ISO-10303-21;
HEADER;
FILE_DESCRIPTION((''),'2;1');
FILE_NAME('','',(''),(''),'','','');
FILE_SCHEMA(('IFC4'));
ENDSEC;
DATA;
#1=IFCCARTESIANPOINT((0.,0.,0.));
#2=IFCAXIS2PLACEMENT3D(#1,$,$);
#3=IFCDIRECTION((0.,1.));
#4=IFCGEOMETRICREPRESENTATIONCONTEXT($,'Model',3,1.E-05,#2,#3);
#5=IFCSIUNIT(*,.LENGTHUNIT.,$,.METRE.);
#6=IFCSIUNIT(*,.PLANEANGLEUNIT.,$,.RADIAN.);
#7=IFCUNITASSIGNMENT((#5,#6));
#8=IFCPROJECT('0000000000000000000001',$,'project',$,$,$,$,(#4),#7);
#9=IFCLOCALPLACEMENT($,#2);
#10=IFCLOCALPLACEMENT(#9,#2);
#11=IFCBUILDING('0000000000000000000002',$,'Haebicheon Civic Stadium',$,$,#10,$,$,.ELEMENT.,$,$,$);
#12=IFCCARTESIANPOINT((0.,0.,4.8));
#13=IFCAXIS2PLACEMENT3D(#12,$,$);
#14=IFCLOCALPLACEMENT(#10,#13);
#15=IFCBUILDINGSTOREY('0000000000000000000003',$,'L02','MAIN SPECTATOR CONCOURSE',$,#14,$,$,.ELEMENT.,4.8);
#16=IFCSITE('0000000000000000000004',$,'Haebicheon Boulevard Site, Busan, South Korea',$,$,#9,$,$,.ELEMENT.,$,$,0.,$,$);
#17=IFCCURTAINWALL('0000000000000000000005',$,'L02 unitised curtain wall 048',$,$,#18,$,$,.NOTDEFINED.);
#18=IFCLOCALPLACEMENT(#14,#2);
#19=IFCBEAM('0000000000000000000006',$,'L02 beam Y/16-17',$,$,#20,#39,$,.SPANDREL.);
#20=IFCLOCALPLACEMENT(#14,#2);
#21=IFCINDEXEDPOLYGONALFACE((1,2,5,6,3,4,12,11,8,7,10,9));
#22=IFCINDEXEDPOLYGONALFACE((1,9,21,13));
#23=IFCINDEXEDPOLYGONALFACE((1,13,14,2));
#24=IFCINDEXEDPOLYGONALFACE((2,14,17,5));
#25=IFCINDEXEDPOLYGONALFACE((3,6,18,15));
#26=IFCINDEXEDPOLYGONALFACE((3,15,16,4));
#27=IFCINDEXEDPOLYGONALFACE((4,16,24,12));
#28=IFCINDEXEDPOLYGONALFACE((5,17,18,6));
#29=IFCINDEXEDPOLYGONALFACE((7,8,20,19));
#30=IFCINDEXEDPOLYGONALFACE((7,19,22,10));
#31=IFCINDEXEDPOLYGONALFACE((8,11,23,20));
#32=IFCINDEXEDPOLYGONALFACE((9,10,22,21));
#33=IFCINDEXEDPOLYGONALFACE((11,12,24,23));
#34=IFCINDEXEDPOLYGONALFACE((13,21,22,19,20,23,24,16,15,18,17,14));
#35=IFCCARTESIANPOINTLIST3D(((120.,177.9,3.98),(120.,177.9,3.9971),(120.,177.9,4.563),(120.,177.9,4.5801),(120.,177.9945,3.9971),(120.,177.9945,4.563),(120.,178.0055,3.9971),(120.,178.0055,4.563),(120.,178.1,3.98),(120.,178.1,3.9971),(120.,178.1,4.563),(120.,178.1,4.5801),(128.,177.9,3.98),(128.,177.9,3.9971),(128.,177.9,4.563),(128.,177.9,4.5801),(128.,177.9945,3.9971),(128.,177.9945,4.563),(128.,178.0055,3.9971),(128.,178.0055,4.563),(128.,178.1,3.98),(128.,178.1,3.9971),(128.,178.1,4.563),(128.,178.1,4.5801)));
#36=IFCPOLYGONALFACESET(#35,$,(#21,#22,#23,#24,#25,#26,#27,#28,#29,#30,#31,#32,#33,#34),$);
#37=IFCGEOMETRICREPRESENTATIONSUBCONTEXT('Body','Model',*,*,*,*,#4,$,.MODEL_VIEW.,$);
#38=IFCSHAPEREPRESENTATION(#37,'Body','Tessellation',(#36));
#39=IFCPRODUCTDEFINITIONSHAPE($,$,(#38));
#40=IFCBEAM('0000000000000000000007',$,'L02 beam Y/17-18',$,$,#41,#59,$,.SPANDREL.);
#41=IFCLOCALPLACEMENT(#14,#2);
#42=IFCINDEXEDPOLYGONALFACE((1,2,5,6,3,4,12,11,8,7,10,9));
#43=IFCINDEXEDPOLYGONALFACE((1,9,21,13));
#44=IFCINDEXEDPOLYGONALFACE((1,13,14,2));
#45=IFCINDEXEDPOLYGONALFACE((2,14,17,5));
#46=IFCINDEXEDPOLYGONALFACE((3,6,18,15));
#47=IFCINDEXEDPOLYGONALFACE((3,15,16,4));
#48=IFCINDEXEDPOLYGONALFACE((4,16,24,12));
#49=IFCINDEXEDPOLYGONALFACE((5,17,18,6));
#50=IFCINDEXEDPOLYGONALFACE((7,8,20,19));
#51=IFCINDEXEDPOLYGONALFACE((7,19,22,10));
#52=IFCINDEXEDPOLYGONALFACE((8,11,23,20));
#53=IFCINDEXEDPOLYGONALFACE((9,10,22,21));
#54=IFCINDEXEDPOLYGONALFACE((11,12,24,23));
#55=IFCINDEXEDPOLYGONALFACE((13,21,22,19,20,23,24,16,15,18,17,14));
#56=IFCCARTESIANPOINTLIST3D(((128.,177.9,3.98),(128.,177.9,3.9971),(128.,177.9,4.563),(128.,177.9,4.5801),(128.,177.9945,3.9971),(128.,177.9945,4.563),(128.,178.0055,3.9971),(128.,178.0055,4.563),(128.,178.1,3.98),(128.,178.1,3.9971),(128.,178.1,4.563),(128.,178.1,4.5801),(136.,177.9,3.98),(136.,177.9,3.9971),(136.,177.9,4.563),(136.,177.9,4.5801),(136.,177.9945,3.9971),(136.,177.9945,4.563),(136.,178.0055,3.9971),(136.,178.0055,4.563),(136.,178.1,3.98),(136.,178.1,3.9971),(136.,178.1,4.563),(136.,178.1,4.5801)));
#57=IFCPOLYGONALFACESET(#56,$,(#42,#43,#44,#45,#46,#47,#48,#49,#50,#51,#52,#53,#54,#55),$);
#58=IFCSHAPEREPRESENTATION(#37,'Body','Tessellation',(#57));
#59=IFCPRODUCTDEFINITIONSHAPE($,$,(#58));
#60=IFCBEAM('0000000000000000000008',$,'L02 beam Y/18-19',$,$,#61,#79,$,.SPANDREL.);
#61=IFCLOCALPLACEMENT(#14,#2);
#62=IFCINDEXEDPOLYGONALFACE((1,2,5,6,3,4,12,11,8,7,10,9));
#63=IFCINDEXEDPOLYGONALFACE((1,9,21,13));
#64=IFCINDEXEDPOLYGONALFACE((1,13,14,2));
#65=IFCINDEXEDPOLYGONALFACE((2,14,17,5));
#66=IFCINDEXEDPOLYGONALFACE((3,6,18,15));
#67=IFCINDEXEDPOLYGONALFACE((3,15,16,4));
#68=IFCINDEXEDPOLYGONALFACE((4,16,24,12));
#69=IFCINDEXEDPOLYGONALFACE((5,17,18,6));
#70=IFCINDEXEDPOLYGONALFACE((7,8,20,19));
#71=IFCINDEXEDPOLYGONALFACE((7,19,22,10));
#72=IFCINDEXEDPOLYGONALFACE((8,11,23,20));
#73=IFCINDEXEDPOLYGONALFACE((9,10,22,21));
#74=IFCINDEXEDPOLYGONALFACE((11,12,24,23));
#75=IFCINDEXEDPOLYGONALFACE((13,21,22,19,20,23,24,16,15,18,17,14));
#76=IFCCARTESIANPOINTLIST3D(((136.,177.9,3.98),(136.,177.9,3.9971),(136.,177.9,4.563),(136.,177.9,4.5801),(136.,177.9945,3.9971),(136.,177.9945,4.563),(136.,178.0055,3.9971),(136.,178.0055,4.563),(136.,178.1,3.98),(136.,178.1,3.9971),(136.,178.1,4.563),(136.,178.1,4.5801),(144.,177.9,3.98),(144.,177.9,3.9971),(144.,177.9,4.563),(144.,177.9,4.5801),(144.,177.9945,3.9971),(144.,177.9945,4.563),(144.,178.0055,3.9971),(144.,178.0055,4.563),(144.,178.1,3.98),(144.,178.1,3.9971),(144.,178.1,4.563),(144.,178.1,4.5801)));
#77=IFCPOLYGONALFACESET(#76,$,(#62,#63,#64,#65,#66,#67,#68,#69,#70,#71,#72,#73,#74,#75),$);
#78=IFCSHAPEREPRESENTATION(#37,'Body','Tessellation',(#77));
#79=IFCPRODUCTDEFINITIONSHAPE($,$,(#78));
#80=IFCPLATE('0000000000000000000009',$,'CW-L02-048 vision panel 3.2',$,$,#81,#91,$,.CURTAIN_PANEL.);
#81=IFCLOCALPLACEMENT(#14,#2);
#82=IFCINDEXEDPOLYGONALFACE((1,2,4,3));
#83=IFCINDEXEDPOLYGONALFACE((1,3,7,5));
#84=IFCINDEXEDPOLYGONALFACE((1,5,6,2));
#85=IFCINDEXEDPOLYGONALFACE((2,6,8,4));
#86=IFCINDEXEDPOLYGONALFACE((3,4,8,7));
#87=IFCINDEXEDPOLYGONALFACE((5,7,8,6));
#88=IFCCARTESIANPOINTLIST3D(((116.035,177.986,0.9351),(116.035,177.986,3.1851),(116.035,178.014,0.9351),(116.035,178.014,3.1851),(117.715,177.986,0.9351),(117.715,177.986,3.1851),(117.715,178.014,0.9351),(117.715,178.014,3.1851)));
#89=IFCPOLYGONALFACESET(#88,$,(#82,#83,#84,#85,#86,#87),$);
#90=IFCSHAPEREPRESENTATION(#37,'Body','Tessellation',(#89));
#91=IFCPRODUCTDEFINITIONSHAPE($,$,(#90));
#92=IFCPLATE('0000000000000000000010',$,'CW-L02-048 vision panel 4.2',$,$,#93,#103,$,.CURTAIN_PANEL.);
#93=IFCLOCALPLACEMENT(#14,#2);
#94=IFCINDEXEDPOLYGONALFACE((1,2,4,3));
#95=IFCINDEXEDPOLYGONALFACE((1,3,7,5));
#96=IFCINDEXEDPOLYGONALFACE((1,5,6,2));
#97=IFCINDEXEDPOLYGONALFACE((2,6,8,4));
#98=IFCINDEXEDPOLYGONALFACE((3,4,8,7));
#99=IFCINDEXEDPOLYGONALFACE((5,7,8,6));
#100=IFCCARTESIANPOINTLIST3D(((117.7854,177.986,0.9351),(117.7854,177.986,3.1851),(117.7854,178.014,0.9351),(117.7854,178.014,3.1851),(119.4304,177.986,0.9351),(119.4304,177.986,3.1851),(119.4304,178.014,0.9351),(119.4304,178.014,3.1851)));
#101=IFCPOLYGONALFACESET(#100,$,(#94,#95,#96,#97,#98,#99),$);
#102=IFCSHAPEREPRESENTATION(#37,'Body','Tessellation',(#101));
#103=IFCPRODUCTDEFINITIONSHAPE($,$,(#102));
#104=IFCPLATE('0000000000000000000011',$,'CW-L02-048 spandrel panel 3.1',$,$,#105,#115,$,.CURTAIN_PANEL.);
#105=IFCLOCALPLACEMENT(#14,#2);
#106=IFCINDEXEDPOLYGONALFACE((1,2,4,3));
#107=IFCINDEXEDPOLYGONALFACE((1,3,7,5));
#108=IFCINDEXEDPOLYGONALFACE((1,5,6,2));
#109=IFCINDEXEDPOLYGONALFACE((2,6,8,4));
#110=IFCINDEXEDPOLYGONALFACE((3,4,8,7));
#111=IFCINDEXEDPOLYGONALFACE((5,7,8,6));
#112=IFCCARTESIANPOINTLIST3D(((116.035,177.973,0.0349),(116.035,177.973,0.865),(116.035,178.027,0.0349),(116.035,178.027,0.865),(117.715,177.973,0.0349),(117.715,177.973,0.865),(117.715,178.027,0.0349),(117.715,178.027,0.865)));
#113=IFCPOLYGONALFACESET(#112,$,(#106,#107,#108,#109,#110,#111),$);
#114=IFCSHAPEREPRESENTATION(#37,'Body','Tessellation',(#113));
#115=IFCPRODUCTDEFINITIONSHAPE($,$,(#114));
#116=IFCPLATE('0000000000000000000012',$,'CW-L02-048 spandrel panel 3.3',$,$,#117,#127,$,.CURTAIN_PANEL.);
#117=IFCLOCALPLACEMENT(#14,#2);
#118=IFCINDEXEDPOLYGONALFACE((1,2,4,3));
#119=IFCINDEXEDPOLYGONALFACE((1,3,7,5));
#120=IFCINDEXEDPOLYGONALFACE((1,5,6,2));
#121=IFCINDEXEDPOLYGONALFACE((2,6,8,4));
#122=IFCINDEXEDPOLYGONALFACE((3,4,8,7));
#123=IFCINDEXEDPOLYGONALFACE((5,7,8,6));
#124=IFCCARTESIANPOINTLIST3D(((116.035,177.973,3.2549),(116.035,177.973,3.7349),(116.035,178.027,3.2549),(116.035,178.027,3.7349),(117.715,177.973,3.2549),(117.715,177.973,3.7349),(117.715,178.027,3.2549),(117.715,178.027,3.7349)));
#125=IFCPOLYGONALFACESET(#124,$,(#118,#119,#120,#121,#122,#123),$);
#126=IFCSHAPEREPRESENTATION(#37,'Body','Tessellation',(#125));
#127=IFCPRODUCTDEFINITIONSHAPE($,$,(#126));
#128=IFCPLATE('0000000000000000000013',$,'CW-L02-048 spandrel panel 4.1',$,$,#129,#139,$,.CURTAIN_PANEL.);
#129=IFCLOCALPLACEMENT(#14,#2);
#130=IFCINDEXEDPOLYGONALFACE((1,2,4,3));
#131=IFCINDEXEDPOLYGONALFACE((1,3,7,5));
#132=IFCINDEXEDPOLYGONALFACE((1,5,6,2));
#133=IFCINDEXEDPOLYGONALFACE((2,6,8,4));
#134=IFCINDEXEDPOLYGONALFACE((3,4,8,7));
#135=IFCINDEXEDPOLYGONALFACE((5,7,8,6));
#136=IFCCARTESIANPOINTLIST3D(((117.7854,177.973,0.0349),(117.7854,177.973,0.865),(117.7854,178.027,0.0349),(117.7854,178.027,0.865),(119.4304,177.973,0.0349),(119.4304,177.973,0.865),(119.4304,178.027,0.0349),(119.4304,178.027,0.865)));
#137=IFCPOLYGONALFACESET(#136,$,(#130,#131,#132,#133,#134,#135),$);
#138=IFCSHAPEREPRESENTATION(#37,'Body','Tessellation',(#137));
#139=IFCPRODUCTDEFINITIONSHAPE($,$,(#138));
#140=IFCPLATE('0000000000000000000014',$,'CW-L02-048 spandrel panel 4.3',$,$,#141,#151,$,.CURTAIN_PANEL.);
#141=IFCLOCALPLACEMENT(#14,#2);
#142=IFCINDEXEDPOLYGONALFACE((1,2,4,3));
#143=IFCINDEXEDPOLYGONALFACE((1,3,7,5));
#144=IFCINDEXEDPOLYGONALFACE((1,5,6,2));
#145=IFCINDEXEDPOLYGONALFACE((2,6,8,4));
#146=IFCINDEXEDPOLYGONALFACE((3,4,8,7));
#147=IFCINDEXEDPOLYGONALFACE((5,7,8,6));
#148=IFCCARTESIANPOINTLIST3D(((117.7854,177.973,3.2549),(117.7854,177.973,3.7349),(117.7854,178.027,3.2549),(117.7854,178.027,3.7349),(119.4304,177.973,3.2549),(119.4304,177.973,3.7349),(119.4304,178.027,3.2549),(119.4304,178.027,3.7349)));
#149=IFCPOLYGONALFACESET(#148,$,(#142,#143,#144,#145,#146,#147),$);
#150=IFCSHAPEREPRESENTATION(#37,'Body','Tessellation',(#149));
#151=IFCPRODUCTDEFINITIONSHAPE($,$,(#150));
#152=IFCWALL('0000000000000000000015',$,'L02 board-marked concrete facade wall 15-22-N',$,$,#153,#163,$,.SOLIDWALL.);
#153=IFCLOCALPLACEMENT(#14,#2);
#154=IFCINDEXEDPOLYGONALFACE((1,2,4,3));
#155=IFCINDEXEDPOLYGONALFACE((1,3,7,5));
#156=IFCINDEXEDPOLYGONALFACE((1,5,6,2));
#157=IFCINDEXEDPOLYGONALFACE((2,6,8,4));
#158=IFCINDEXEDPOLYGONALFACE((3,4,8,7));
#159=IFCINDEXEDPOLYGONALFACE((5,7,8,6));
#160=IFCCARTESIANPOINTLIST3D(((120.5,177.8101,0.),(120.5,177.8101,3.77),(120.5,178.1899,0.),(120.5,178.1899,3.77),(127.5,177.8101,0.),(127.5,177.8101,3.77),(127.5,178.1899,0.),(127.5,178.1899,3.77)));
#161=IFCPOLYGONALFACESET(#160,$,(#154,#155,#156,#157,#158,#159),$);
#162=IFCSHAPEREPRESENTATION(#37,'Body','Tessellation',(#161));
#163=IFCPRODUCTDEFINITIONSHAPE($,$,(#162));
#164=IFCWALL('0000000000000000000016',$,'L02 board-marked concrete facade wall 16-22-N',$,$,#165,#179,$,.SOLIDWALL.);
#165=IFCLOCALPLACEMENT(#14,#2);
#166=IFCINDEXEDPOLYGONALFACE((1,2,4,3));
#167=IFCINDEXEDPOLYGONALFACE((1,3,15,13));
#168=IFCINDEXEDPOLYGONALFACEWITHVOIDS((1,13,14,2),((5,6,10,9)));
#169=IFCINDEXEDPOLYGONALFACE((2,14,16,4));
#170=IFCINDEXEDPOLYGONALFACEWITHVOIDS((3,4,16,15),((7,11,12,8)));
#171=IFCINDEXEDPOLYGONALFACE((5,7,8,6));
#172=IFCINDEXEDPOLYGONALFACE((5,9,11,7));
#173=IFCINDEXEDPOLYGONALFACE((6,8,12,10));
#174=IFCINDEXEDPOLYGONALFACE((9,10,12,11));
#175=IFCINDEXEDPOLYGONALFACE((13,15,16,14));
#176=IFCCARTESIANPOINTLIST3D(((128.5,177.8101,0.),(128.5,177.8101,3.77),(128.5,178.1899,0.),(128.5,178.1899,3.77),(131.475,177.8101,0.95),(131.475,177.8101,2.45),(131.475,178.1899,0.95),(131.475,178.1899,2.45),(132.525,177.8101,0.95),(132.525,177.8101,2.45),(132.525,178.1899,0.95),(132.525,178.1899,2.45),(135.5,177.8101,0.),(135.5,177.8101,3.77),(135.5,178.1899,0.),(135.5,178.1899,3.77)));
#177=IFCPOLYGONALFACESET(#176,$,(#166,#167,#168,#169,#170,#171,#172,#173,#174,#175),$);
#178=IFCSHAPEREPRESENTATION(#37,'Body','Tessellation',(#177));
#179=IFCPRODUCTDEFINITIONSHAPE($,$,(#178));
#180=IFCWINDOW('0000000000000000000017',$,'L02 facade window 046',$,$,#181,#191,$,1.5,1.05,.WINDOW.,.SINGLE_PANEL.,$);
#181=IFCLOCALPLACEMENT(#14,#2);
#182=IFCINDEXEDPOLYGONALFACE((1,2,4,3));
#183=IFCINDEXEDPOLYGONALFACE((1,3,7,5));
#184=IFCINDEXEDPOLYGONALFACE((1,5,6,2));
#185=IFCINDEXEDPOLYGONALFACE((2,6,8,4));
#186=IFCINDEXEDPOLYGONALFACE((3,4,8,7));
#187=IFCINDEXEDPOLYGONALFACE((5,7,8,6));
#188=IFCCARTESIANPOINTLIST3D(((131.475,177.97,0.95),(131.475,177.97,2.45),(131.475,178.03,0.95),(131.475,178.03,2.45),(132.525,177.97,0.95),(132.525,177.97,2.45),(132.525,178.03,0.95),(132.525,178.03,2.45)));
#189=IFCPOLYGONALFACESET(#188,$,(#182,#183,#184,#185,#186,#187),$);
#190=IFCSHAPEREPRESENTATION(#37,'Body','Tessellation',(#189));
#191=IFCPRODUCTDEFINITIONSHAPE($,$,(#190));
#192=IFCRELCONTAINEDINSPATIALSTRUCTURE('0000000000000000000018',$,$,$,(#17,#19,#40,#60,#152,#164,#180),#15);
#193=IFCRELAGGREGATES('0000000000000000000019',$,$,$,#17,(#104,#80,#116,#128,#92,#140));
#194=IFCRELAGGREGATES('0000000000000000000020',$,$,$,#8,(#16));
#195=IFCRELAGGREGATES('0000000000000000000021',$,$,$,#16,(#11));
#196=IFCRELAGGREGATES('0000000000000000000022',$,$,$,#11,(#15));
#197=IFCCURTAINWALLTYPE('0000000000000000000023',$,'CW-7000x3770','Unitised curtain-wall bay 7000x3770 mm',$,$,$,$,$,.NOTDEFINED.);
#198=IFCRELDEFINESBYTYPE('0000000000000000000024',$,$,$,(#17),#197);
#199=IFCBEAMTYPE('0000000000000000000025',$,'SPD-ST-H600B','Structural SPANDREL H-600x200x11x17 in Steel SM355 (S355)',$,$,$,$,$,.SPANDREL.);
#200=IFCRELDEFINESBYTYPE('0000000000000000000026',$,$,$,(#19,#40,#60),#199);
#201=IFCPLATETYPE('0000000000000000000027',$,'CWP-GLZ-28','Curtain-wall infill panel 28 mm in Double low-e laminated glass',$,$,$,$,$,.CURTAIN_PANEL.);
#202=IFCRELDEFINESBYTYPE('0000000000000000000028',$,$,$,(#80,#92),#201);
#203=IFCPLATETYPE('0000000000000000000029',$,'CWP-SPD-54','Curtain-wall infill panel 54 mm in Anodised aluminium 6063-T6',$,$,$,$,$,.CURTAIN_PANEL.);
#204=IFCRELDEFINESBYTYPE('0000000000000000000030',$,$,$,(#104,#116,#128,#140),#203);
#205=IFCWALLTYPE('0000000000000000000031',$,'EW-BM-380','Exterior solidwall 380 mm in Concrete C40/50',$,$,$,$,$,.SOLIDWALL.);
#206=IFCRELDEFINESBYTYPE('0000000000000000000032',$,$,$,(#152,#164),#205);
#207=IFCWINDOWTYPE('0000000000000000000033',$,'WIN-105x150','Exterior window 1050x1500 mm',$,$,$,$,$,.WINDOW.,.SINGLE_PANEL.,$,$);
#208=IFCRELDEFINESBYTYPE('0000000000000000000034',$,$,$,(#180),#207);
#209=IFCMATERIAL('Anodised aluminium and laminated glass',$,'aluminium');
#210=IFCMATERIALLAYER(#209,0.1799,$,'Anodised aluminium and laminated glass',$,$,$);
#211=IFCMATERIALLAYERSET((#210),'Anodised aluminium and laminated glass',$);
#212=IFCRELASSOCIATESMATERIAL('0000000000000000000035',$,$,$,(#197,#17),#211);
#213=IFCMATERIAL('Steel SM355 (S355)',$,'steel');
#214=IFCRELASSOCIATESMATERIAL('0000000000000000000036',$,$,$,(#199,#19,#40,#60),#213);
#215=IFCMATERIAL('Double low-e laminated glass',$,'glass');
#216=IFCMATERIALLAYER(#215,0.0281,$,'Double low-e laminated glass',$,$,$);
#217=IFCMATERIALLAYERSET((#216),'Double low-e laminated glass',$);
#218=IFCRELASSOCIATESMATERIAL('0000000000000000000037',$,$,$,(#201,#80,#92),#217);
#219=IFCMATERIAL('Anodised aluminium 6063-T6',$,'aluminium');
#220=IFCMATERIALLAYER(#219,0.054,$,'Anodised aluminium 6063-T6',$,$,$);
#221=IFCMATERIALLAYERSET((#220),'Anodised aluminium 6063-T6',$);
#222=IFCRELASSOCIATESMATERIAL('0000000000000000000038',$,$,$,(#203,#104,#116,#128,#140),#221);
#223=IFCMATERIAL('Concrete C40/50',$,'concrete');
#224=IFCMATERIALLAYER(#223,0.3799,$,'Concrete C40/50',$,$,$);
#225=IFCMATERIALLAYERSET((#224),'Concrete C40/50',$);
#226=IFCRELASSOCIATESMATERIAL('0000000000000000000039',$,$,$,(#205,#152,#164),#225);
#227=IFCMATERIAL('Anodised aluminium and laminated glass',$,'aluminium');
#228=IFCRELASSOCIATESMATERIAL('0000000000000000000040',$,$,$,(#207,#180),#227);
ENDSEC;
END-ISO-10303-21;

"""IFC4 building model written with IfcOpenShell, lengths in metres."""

from ifc_helpers import new_model, si_unit, direction, frame, frame_2d, origin, origin_2d, place, context, subcontext, project, spatial, rectangle, i_section, extrude, material, layer, layer_set, material_profile, profile_set, type_object, element, fill, aggregate, save


model = new_model("IFC4")

# Units and contexts
model_context = context("Model", 3, precision=1e-05, world=origin(), true_north=direction((0.0, 1.0)))
body_context = subcontext(model_context, "Body", "Model", "MODEL_VIEW")
ifc_project = project(units=[si_unit("LENGTHUNIT", "METRE"), si_unit("PLANEANGLEUNIT", "RADIAN")], contexts=[model_context])

# Site, building, storey
site_placement = place(None, origin())
site = spatial("IfcSite", under=ifc_project, at=site_placement, Name="Haebicheon Boulevard Site, Busan, South Korea", CompositionType="ELEMENT", RefElevation=0.0)
building_placement = place(site_placement, origin())
building = spatial("IfcBuilding", under=site, at=building_placement, Name="Haebicheon Civic Stadium", CompositionType="ELEMENT")
storey_placement = place(building_placement, frame((0.0, 0.0, 4.8)))
storey = spatial("IfcBuildingStorey", under=building, at=storey_placement, Name="L02", Description="MAIN SPECTATOR CONCOURSE", CompositionType="ELEMENT", Elevation=4.8)

# Curtain wall
ifc_material_1 = material(Name="Anodised aluminium and laminated glass", Category="aluminium")
ifc_layer_1 = layer(ifc_material_1, 0.1799, Name="Anodised aluminium and laminated glass")
ifc_layer_set_1 = layer_set([ifc_layer_1], Name="Anodised aluminium and laminated glass")
curtain_wall_type = type_object("IfcCurtainWallType", Name="CW-7000x3770", Description="Unitised curtain-wall bay 7000x3770 mm", PredefinedType="NOTDEFINED", material=ifc_layer_set_1)
curtain_wall_placement = place(storey_placement, origin())
curtain_wall = element("IfcCurtainWall", 1, at=curtain_wall_placement, inside=storey, type_object=curtain_wall_type, material=ifc_layer_set_1, Name="L02 unitised curtain wall 048", PredefinedType="NOTDEFINED")

# Beams
ifc_material_2 = material(Name="Steel SM355 (S355)", Category="steel")
ifc_material_profile_1 = material_profile(ifc_material_2, i_section(OverallWidth=0.2, OverallDepth=0.6001, WebThickness=0.011, FlangeThickness=0.0171, at=origin_2d()), Name="H-600x200x11x17")
ifc_profile_set_1 = profile_set([ifc_material_profile_1], Name="Steel SM355 (S355)")
beam_type_1 = type_object("IfcBeamType", Name="SPD-ST-H600B", Description="Structural SPANDREL H-600x200x11x17 in Steel SM355 (S355)", PredefinedType="SPANDREL", material=ifc_profile_set_1)
for number, where, z_axis, x_axis, name in (
    (2, (120.0, 178.0, 4.28), (1.0, 0.0, 0.0), (0.0, 1.0, 0.0), "L02 beam Y/16-17"),
    (3, (128.0, 178.0, 4.28), (1.0, 0.0, 0.0), (0.0, 1.0, 0.0), "L02 beam Y/17-18"),
    (4, (136.0, 178.0, 4.28), (1.0, 0.0, 0.0), (0.0, 1.0, 0.0), "L02 beam Y/18-19"),
):
    element("IfcBeam", number, at=place(storey_placement, frame(where, z_axis=z_axis, x_axis=x_axis)), inside=storey, type_object=beam_type_1, material=ifc_profile_set_1, Name=name, PredefinedType="SPANDREL", context=body_context, shape_type="SweptSolid", body=[
        extrude(i_section(OverallWidth=0.2, OverallDepth=0.6001, WebThickness=0.011, FlangeThickness=0.0171, at=origin_2d()), origin(), (0.0, 0.0, 1.0), 8.0),
    ])

# Plates
ifc_material_3 = material(Name="Double low-e laminated glass", Category="glass")
ifc_layer_2 = layer(ifc_material_3, 0.0281, Name="Double low-e laminated glass")
ifc_layer_set_2 = layer_set([ifc_layer_2], Name="Double low-e laminated glass")
plate_type_1 = type_object("IfcPlateType", Name="CWP-GLZ-28", Description="Curtain-wall infill panel 28 mm in Double low-e laminated glass", PredefinedType="CURTAIN_PANEL", material=ifc_layer_set_2)
plate_1_placement = place(storey_placement, frame((116.875, 178.0, 0.9351), z_axis=(0.0, 0.0, 1.0), x_axis=(1.0, 0.0, 0.0)))
plate_1 = element("IfcPlate", 5, at=plate_1_placement, type_object=plate_type_1, material=ifc_layer_set_2, Name="CW-L02-048 vision panel 3.2", PredefinedType="CURTAIN_PANEL", context=body_context, shape_type="SweptSolid", body=[
    extrude(rectangle(XDim=1.6799, YDim=0.0281, at=origin_2d()), origin(), (0.0, 0.0, 1.0), 2.25),
])
plate_2_placement = place(storey_placement, frame((118.6079, 178.0, 0.9351), z_axis=(0.0, 0.0, 1.0), x_axis=(1.0, 0.0, 0.0)))
plate_2 = element("IfcPlate", 6, at=plate_2_placement, type_object=plate_type_1, material=ifc_layer_set_2, Name="CW-L02-048 vision panel 4.2", PredefinedType="CURTAIN_PANEL", context=body_context, shape_type="SweptSolid", body=[
    extrude(rectangle(XDim=1.645, YDim=0.0281, at=origin_2d()), origin(), (0.0, 0.0, 1.0), 2.25),
])
ifc_material_4 = material(Name="Anodised aluminium 6063-T6", Category="aluminium")
ifc_layer_3 = layer(ifc_material_4, 0.054, Name="Anodised aluminium 6063-T6")
ifc_layer_set_3 = layer_set([ifc_layer_3], Name="Anodised aluminium 6063-T6")
plate_type_2 = type_object("IfcPlateType", Name="CWP-SPD-54", Description="Curtain-wall infill panel 54 mm in Anodised aluminium 6063-T6", PredefinedType="CURTAIN_PANEL", material=ifc_layer_set_3)
plate_3_placement = place(storey_placement, frame((116.875, 178.0, 0.0349), z_axis=(0.0, 0.0, 1.0), x_axis=(1.0, 0.0, 0.0)))
plate_3 = element("IfcPlate", 7, at=plate_3_placement, type_object=plate_type_2, material=ifc_layer_set_3, Name="CW-L02-048 spandrel panel 3.1", PredefinedType="CURTAIN_PANEL", context=body_context, shape_type="SweptSolid", body=[
    extrude(rectangle(XDim=1.6799, YDim=0.054, at=origin_2d()), origin(), (0.0, 0.0, 1.0), 0.8301),
])
plate_4_placement = place(storey_placement, frame((116.875, 178.0, 3.2549), z_axis=(0.0, 0.0, 1.0), x_axis=(1.0, 0.0, 0.0)))
plate_4 = element("IfcPlate", 8, at=plate_4_placement, type_object=plate_type_2, material=ifc_layer_set_3, Name="CW-L02-048 spandrel panel 3.3", PredefinedType="CURTAIN_PANEL", context=body_context, shape_type="SweptSolid", body=[
    extrude(rectangle(XDim=1.6799, YDim=0.054, at=origin_2d()), origin(), (0.0, 0.0, 1.0), 0.48),
])
plate_5_placement = place(storey_placement, frame((118.6079, 178.0, 0.0349), z_axis=(0.0, 0.0, 1.0), x_axis=(1.0, 0.0, 0.0)))
plate_5 = element("IfcPlate", 9, at=plate_5_placement, type_object=plate_type_2, material=ifc_layer_set_3, Name="CW-L02-048 spandrel panel 4.1", PredefinedType="CURTAIN_PANEL", context=body_context, shape_type="SweptSolid", body=[
    extrude(rectangle(XDim=1.645, YDim=0.054, at=origin_2d()), origin(), (0.0, 0.0, 1.0), 0.8301),
])
plate_6_placement = place(storey_placement, frame((118.6079, 178.0, 3.2549), z_axis=(0.0, 0.0, 1.0), x_axis=(1.0, 0.0, 0.0)))
plate_6 = element("IfcPlate", 10, at=plate_6_placement, type_object=plate_type_2, material=ifc_layer_set_3, Name="CW-L02-048 spandrel panel 4.3", PredefinedType="CURTAIN_PANEL", context=body_context, shape_type="SweptSolid", body=[
    extrude(rectangle(XDim=1.645, YDim=0.054, at=origin_2d()), origin(), (0.0, 0.0, 1.0), 0.48),
])
aggregate(curtain_wall, [plate_3, plate_1, plate_4, plate_5, plate_2, plate_6])

# Wall
ifc_material_5 = material(Name="Concrete C40/50", Category="concrete")
ifc_layer_4 = layer(ifc_material_5, 0.3799, Name="Concrete C40/50")
ifc_layer_set_4 = layer_set([ifc_layer_4], Name="Concrete C40/50")
wall_type = type_object("IfcWallType", Name="EW-BM-380", Description="Exterior solidwall 380 mm in Concrete C40/50", PredefinedType="SOLIDWALL", material=ifc_layer_set_4)
wall_1_placement = place(storey_placement, frame((120.5, 178.0, 0.0), z_axis=(0.0, 0.0, 1.0), x_axis=(1.0, 0.0, 0.0)))
element("IfcWall", 11, at=wall_1_placement, inside=storey, type_object=wall_type, material=ifc_layer_set_4, Name="L02 board-marked concrete facade wall 15-22-N", PredefinedType="SOLIDWALL", context=body_context, shape_type="SweptSolid", body=[
    extrude(rectangle(XDim=7.0, YDim=0.3799, at=frame_2d((3.5, 0.0))), origin(), (0.0, 0.0, 1.0), 3.77),
])

# Wall, opening, window
wall_2_placement = place(storey_placement, frame((128.5, 178.0, 0.0), z_axis=(0.0, 0.0, 1.0), x_axis=(1.0, 0.0, 0.0)))
wall_2 = element("IfcWall", 12, at=wall_2_placement, inside=storey, type_object=wall_type, material=ifc_layer_set_4, Name="L02 board-marked concrete facade wall 16-22-N", PredefinedType="SOLIDWALL", context=body_context, shape_type="SweptSolid", body=[
    extrude(rectangle(XDim=7.0, YDim=0.3799, at=frame_2d((3.5, 0.0))), origin(), (0.0, 0.0, 1.0), 3.77),
])
opening_placement = place(wall_2_placement, frame((2.9751, 0.0, 0.95)))
opening = element("IfcOpeningElement", 13, at=opening_placement, cuts=wall_2, PredefinedType="OPENING", context=body_context, shape_type="SweptSolid", body=[
    extrude(rectangle(XDim=1.05, YDim=1.5, at=frame_2d((0.5249, 0.75))), frame((0.0, 0.2, 0.0), z_axis=(0.0, -1.0, 0.0), x_axis=(1.0, 0.0, 0.0)), (0.0, 0.0, 1.0), 0.3999),
])
ifc_material_6 = material(Name="Anodised aluminium and laminated glass", Category="aluminium")
window_type = type_object("IfcWindowType", Name="WIN-105x150", Description="Exterior window 1050x1500 mm", PartitioningType="SINGLE_PANEL", PredefinedType="WINDOW", material=ifc_material_6)
window_placement = place(opening_placement, origin())
window = element("IfcWindow", 14, at=window_placement, inside=storey, type_object=window_type, material=ifc_material_6, Name="L02 facade window 046", OverallHeight=1.5, OverallWidth=1.05, PartitioningType="SINGLE_PANEL", PredefinedType="WINDOW", context=body_context, shape_type="SweptSolid", body=[
    extrude(rectangle(XDim=1.05, YDim=1.5, at=frame_2d((0.5249, 0.75))), frame((0.0, 0.03, 0.0), z_axis=(0.0, -1.0, 0.0), x_axis=(1.0, 0.0, 0.0)), (0.0, 0.0, 1.0), 0.0601),
])
fill(opening, window)

save(model, "model.ifc")
